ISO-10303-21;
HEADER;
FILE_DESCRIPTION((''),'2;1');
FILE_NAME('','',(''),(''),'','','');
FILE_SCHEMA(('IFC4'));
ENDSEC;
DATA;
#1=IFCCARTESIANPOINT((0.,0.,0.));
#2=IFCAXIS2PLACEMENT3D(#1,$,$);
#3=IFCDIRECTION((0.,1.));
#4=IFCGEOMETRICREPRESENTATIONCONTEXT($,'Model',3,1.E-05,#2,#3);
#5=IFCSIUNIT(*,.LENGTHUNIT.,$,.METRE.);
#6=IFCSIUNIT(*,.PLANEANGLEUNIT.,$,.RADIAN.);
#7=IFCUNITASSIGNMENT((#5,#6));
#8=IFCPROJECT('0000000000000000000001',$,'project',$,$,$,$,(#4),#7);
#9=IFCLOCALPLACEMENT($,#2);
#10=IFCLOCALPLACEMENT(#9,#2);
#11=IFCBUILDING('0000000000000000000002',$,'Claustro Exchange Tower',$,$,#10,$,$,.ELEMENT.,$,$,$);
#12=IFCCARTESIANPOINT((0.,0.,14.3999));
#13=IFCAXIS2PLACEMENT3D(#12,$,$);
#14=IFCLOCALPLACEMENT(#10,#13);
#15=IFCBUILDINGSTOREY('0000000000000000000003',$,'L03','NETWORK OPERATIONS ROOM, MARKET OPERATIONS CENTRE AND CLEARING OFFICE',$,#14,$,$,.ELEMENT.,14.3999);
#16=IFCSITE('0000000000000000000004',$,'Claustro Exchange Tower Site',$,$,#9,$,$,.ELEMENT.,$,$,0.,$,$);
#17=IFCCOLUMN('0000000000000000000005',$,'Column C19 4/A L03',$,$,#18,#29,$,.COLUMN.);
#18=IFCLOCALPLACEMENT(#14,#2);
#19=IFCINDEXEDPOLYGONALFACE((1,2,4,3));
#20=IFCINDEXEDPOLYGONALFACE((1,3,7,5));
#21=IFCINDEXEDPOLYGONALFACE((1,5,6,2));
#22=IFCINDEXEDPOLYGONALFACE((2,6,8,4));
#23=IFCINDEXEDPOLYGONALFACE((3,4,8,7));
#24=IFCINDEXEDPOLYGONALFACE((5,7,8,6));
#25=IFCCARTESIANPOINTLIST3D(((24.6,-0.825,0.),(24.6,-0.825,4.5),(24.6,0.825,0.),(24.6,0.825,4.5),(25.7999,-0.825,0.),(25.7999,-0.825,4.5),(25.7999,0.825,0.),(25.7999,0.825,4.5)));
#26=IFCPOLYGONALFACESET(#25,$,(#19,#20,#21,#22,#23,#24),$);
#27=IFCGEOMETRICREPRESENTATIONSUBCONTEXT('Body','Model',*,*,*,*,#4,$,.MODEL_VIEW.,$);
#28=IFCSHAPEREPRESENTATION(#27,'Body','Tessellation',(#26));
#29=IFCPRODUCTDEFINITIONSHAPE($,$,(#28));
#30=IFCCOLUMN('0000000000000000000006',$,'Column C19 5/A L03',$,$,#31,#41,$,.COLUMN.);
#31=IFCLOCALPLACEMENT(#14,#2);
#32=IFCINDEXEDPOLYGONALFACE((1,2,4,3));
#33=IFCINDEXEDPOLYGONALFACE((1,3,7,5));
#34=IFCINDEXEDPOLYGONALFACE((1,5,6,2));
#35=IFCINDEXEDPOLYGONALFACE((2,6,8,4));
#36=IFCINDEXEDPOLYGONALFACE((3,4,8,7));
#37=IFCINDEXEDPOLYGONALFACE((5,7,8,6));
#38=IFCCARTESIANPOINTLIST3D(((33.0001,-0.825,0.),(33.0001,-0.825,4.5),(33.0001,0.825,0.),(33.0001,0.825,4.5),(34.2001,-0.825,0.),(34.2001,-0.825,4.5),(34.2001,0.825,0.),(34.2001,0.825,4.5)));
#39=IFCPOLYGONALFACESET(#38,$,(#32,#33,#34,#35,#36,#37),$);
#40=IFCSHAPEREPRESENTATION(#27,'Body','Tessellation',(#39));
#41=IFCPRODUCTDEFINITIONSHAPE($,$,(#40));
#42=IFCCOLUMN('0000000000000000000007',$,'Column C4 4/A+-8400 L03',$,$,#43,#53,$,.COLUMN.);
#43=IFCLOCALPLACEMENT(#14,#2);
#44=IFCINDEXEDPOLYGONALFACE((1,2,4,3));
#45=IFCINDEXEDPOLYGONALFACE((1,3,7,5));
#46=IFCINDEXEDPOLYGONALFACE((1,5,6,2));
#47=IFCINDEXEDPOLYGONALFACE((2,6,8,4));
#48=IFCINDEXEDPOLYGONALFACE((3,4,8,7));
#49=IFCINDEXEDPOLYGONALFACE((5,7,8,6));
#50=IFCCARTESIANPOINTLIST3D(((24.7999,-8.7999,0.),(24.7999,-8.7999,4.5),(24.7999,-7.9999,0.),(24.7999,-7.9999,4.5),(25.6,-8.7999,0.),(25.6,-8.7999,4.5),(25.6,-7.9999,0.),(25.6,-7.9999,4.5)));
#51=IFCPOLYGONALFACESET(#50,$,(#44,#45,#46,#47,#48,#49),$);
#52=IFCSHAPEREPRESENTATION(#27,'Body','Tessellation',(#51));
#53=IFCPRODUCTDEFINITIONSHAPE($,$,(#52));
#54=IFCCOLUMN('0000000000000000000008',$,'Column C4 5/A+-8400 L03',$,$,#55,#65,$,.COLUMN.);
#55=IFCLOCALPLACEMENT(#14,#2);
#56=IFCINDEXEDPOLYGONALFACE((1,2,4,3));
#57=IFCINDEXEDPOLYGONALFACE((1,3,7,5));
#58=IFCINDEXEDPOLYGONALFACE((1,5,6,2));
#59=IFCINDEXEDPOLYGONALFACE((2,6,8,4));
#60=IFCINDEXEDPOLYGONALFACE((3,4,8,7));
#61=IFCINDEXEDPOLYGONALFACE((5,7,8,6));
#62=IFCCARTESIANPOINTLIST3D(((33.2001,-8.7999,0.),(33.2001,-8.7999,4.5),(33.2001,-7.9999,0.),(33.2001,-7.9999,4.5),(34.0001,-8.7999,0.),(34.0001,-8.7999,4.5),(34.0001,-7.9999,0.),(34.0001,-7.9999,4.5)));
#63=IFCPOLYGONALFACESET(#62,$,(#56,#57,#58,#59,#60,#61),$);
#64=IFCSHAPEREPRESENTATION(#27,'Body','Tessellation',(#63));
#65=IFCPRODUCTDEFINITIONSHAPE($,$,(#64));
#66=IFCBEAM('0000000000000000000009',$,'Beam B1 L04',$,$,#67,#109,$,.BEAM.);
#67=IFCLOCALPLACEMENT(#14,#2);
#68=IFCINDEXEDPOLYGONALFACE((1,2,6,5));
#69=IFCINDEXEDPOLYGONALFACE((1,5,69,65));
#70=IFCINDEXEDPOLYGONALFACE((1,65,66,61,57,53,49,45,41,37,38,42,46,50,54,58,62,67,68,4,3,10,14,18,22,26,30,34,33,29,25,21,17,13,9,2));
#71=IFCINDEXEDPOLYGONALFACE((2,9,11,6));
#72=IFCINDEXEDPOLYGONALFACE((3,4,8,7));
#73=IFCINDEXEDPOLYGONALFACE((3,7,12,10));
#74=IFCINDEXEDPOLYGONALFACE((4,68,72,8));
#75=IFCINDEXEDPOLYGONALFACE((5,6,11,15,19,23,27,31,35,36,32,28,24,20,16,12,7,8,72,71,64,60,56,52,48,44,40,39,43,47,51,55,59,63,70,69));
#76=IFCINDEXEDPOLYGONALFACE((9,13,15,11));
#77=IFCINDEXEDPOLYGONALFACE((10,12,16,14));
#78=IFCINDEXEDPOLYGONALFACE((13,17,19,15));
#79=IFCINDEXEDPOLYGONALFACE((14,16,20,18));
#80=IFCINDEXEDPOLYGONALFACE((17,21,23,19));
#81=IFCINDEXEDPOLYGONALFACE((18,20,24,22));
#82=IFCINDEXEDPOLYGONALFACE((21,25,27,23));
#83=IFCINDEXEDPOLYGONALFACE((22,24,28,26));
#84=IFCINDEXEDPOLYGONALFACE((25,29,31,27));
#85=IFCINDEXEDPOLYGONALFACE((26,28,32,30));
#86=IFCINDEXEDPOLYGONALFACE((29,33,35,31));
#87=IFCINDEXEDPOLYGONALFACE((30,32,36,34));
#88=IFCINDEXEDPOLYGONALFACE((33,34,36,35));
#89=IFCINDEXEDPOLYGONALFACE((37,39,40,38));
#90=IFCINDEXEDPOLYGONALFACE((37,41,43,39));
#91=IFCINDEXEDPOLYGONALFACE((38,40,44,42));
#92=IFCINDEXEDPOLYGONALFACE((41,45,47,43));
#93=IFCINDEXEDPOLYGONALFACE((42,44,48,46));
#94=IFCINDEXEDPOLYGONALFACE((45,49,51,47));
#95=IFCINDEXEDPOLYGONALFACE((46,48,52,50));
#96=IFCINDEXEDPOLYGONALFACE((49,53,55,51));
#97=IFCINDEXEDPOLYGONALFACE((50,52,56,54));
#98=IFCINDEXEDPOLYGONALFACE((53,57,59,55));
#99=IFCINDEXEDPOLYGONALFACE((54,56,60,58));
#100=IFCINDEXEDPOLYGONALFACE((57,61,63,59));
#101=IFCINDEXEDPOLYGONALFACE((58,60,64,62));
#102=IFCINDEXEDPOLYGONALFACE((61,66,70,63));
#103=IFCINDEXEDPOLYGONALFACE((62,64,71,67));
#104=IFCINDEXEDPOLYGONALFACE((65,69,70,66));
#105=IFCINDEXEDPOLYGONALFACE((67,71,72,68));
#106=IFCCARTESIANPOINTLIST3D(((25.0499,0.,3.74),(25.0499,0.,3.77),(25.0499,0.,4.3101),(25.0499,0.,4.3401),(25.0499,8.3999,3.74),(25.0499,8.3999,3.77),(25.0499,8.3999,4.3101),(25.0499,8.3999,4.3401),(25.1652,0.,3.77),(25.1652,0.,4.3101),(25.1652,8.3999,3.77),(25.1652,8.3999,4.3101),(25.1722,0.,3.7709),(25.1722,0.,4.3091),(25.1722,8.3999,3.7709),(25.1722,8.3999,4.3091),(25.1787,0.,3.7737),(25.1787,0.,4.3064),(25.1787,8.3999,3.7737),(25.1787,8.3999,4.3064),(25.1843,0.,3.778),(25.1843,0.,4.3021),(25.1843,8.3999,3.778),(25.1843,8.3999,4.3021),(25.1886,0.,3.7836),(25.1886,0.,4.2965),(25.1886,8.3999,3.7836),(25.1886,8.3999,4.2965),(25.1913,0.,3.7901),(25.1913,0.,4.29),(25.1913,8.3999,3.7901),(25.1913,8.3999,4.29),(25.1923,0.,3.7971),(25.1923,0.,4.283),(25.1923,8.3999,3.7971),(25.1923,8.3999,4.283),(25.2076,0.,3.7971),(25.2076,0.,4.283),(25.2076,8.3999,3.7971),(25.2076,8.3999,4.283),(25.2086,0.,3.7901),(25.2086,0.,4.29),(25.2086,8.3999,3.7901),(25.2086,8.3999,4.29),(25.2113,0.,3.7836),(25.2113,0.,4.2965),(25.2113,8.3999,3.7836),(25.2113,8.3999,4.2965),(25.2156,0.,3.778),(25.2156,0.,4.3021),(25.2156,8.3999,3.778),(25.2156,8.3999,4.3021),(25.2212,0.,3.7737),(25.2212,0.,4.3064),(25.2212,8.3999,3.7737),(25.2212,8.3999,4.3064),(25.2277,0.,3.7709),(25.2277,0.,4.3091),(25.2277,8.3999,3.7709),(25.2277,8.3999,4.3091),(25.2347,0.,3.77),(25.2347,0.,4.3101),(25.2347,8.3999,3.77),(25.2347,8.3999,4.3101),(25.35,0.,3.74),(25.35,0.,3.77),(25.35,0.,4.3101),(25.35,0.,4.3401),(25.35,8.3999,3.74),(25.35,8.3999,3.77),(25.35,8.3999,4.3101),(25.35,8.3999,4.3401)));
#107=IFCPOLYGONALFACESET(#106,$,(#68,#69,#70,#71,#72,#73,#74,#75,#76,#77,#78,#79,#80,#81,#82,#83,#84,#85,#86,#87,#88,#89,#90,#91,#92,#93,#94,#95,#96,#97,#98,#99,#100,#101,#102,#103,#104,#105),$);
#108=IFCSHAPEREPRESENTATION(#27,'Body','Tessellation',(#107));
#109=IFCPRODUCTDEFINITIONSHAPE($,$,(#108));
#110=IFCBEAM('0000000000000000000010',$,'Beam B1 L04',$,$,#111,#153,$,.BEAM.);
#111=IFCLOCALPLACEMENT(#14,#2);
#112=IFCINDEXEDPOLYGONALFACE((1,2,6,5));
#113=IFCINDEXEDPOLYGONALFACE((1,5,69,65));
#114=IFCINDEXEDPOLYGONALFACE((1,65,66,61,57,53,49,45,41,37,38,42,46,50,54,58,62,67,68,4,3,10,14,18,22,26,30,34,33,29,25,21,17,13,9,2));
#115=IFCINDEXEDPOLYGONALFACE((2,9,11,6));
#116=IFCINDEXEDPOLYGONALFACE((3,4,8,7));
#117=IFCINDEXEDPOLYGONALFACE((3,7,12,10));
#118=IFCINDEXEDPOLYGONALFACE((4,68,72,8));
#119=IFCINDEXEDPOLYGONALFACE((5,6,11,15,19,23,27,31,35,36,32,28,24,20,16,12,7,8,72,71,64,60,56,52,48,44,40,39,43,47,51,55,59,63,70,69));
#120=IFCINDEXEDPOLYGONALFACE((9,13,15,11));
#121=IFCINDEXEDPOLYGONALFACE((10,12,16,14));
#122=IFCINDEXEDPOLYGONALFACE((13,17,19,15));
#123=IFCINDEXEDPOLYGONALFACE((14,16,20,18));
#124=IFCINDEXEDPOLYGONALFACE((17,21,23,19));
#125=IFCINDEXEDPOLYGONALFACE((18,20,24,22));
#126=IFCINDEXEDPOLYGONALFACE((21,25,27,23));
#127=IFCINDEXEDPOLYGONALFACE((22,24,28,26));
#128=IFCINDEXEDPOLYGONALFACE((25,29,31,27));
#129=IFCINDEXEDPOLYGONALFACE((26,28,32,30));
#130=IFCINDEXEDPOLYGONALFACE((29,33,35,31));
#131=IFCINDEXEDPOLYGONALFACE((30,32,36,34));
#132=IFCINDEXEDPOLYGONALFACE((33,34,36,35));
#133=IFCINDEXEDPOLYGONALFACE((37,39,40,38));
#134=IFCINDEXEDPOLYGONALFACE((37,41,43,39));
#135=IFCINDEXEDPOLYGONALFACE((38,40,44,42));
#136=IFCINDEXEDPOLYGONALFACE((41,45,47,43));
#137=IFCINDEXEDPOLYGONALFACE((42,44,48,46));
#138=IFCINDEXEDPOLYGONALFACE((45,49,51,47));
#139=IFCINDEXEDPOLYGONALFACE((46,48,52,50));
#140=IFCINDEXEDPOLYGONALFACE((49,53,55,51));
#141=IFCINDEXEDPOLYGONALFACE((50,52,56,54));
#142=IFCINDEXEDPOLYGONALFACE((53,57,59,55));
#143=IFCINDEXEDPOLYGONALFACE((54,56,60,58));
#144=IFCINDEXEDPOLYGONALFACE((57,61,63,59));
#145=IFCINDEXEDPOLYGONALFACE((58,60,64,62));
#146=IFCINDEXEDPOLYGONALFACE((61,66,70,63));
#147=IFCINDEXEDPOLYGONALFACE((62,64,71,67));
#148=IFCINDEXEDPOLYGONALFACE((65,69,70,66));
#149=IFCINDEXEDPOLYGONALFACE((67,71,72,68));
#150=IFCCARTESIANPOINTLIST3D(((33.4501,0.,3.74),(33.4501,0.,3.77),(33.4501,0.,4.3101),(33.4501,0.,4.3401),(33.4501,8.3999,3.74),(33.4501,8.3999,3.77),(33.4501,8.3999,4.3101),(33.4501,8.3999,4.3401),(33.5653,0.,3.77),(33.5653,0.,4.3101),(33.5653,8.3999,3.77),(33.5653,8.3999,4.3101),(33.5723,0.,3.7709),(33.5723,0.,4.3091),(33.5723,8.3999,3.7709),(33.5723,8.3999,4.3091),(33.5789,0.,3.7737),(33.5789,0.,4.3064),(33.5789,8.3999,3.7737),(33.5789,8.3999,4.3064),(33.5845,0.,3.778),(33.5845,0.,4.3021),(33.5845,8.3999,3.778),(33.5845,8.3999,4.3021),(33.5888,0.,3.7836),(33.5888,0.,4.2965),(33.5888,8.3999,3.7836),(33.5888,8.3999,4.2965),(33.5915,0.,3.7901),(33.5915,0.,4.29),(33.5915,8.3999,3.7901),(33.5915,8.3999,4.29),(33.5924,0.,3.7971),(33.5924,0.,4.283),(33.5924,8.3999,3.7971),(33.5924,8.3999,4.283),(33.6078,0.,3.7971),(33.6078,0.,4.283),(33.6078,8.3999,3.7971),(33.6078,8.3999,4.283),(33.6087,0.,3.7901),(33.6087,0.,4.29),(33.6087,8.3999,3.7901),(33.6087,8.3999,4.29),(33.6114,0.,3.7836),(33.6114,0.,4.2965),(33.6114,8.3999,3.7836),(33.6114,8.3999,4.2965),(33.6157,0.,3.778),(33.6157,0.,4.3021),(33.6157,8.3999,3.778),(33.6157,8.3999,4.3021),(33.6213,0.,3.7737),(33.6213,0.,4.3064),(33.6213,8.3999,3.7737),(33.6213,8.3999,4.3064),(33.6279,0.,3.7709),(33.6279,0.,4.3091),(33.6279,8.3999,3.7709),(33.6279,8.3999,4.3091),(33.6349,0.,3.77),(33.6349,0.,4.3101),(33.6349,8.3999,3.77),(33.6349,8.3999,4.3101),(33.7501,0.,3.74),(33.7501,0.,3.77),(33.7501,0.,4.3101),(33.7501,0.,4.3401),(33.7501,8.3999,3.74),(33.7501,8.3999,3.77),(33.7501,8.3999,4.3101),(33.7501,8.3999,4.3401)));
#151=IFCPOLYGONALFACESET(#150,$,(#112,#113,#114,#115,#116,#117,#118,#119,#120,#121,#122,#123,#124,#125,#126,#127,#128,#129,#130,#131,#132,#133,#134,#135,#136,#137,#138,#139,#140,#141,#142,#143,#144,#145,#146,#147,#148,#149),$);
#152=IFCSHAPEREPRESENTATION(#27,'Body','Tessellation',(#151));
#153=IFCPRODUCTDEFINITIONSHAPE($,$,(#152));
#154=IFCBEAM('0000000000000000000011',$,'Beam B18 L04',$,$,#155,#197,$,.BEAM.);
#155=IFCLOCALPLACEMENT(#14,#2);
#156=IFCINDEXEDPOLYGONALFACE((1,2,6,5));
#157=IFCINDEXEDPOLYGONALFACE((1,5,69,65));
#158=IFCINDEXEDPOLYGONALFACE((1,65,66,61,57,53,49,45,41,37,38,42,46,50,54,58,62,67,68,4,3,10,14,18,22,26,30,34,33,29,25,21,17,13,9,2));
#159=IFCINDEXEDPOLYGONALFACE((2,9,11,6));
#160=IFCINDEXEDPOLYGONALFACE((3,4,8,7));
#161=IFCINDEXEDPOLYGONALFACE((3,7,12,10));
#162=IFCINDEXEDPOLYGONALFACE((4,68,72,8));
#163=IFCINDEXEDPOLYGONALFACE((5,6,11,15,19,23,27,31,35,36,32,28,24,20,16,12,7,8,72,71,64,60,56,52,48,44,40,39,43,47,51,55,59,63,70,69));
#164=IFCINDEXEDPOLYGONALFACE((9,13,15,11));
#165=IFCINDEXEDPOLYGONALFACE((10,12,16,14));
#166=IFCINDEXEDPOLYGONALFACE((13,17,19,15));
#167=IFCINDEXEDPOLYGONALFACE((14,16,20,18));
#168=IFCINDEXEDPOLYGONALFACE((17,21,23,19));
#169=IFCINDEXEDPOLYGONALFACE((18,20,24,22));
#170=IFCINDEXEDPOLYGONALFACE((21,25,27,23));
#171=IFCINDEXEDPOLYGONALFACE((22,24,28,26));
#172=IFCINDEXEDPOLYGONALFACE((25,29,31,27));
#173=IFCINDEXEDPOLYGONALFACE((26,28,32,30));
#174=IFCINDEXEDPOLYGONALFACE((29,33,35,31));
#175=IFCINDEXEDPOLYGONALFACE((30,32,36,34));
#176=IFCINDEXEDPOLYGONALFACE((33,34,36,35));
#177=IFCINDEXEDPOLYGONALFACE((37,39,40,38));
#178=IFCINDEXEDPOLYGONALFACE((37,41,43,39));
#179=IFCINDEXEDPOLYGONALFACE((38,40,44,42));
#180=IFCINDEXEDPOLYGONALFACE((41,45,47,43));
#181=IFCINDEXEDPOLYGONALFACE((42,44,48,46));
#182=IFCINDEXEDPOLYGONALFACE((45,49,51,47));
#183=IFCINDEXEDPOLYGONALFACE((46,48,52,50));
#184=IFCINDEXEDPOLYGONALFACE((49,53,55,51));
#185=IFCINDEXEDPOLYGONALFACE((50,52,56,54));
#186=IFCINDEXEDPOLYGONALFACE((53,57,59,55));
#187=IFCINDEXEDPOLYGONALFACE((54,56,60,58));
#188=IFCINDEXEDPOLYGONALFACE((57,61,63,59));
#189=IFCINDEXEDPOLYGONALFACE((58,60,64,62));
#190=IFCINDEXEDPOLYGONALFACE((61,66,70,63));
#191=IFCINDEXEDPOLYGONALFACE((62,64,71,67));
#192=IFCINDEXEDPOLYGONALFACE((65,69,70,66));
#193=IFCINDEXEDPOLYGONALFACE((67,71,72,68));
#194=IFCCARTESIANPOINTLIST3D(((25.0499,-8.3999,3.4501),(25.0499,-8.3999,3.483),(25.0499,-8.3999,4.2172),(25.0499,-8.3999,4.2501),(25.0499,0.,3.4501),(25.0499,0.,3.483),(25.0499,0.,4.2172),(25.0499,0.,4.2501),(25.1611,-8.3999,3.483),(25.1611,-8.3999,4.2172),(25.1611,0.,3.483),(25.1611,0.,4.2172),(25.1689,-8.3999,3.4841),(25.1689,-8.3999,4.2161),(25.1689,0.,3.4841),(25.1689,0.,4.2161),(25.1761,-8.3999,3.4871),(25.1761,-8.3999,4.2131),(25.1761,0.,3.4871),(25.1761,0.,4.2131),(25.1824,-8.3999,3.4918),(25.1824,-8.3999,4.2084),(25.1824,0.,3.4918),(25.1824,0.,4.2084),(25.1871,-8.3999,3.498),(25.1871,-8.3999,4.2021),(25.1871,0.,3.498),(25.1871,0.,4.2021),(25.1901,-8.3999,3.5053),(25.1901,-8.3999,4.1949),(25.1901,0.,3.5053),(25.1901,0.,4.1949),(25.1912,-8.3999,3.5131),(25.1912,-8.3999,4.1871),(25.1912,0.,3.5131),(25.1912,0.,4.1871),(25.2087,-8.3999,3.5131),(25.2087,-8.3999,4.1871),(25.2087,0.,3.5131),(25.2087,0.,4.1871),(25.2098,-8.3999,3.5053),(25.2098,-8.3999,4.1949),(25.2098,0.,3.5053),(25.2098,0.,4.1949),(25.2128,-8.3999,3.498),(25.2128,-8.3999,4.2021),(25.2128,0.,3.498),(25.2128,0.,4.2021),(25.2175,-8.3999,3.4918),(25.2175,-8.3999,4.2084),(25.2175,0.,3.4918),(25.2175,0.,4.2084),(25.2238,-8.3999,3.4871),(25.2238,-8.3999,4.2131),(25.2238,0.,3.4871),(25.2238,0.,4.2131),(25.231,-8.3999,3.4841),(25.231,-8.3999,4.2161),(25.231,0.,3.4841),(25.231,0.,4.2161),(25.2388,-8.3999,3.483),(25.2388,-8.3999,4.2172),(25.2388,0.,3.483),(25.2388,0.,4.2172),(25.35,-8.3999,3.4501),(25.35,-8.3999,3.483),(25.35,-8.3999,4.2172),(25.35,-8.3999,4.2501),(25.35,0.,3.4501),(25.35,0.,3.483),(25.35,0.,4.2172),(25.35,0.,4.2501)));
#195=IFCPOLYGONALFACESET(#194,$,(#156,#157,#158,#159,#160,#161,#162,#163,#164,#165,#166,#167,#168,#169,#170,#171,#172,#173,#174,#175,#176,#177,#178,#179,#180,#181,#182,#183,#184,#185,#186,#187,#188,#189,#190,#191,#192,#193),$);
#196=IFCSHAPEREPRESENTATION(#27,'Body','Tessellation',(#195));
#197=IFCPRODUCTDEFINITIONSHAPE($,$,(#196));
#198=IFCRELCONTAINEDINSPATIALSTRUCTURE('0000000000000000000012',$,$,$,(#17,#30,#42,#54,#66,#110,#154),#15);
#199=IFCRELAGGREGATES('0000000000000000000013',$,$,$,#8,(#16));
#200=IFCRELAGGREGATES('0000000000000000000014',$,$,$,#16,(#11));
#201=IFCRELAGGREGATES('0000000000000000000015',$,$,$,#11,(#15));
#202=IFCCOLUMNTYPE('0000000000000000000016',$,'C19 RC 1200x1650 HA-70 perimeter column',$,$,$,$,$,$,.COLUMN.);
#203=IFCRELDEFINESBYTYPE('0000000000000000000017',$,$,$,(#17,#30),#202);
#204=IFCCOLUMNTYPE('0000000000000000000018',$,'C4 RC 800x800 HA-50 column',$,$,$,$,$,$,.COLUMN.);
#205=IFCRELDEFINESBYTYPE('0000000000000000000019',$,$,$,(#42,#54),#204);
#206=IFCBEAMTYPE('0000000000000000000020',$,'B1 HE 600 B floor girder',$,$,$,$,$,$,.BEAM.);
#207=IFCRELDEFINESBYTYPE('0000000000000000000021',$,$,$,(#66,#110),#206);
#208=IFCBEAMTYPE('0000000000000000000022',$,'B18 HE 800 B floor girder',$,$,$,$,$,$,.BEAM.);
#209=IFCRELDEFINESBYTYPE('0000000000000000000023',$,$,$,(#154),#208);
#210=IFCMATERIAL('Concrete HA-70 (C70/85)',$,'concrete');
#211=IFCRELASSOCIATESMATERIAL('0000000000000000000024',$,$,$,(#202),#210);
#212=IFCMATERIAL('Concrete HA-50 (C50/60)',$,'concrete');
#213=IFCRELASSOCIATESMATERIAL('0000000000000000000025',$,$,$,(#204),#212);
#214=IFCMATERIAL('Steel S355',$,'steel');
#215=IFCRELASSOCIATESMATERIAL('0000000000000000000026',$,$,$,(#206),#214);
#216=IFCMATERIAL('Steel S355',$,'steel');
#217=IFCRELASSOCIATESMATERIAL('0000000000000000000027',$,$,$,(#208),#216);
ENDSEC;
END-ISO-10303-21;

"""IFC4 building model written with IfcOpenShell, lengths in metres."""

from ifc_helpers import new_model, si_unit, direction, frame, origin, origin_2d, place, context, subcontext, project, spatial, rectangle, i_section, extrude, material, material_profile, profile_set, type_object, element, save


model = new_model("IFC4")

# Units and contexts
model_context = context("Model", 3, precision=1e-05, world=origin(), true_north=direction((0.0, 1.0)))
body_context = subcontext(model_context, "Body", "Model", "MODEL_VIEW")
ifc_project = project(units=[si_unit("LENGTHUNIT", "METRE"), si_unit("PLANEANGLEUNIT", "RADIAN")], contexts=[model_context])

# Site, building, storey
site_placement = place(None, origin())
site = spatial("IfcSite", under=ifc_project, at=site_placement, Name="Claustro Exchange Tower Site", CompositionType="ELEMENT", RefElevation=0.0)
building_placement = place(site_placement, origin())
building = spatial("IfcBuilding", under=site, at=building_placement, Name="Claustro Exchange Tower", CompositionType="ELEMENT")
storey_placement = place(building_placement, frame((0.0, 0.0, 14.3999)))
storey = spatial("IfcBuildingStorey", under=building, at=storey_placement, Name="L03", Description="NETWORK OPERATIONS ROOM, MARKET OPERATIONS CENTRE AND CLEARING OFFICE", CompositionType="ELEMENT", Elevation=14.3999)

# Columns
ifc_material_1 = material(Name="Concrete HA-70 (C70/85)", Category="concrete")
ifc_material_profile_1 = material_profile(ifc_material_1, rectangle(XDim=1.2, YDim=1.6499, at=origin_2d()), Name="RC 1200x1650")
ifc_profile_set_1 = profile_set([ifc_material_profile_1], Name="Concrete HA-70 (C70/85)")
column_type_1 = type_object("IfcColumnType", Name="C19 RC 1200x1650 HA-70 perimeter column", PredefinedType="COLUMN", material=ifc_profile_set_1)
for number, where, z_axis, x_axis, name in (
    (1, (25.2, 0.0, 0.0), (0.0, 0.0, 1.0), (1.0, 0.0, 0.0), "Column C19 4/A L03"),
    (2, (33.6001, 0.0, 0.0), (0.0, 0.0, 1.0), (1.0, 0.0, 0.0), "Column C19 5/A L03"),
):
    element("IfcColumn", number, at=place(storey_placement, frame(where, z_axis=z_axis, x_axis=x_axis)), inside=storey, type_object=column_type_1, Name=name, PredefinedType="COLUMN", context=body_context, shape_type="SweptSolid", body=[
        extrude(rectangle(XDim=1.2, YDim=1.6499, at=origin_2d()), origin(), (0.0, 0.0, 1.0), 4.5),
    ])
ifc_material_2 = material(Name="Concrete HA-50 (C50/60)", Category="concrete")
ifc_material_profile_2 = material_profile(ifc_material_2, rectangle(XDim=0.8, YDim=0.8, at=origin_2d()), Name="RC 800x800")
ifc_profile_set_2 = profile_set([ifc_material_profile_2], Name="Concrete HA-50 (C50/60)")
column_type_2 = type_object("IfcColumnType", Name="C4 RC 800x800 HA-50 column", PredefinedType="COLUMN", material=ifc_profile_set_2)
for number, where, z_axis, x_axis, name in (
    (3, (25.2, -8.3999, 0.0), (0.0, 0.0, 1.0), (1.0, 0.0, 0.0), "Column C4 4/A+-8400 L03"),
    (4, (33.6001, -8.3999, 0.0), (0.0, 0.0, 1.0), (1.0, 0.0, 0.0), "Column C4 5/A+-8400 L03"),
):
    element("IfcColumn", number, at=place(storey_placement, frame(where, z_axis=z_axis, x_axis=x_axis)), inside=storey, type_object=column_type_2, Name=name, PredefinedType="COLUMN", context=body_context, shape_type="SweptSolid", body=[
        extrude(rectangle(XDim=0.8, YDim=0.8, at=origin_2d()), origin(), (0.0, 0.0, 1.0), 4.5),
    ])

# Beams
ifc_material_3 = material(Name="Steel S355", Category="steel")
ifc_material_profile_3 = material_profile(ifc_material_3, i_section(OverallWidth=0.3, OverallDepth=0.6001, WebThickness=0.0154, FlangeThickness=0.03, FilletRadius=0.0271, at=origin_2d()), Name="HE 600 B")
ifc_profile_set_3 = profile_set([ifc_material_profile_3], Name="Steel S355")
beam_type_1 = type_object("IfcBeamType", Name="B1 HE 600 B floor girder", PredefinedType="BEAM", material=ifc_profile_set_3)
for number, where, z_axis, x_axis, name in (
    (5, (25.2, 0.0, 4.04), (0.0, 1.0, 0.0), (-1.0, 0.0, 0.0), "Beam B1 L04"),
    (6, (33.6001, 0.0, 4.04), (0.0, 1.0, 0.0), (-1.0, 0.0, 0.0), "Beam B1 L04"),
):
    element("IfcBeam", number, at=place(storey_placement, frame(where, z_axis=z_axis, x_axis=x_axis)), inside=storey, type_object=beam_type_1, Name=name, PredefinedType="BEAM", context=body_context, shape_type="SweptSolid", body=[
        extrude(i_section(OverallWidth=0.3, OverallDepth=0.6001, WebThickness=0.0154, FlangeThickness=0.03, FilletRadius=0.0271, at=origin_2d()), origin(), (0.0, 0.0, 1.0), 8.3999),
    ])
ifc_material_4 = material(Name="Steel S355", Category="steel")
ifc_material_profile_4 = material_profile(ifc_material_4, i_section(OverallWidth=0.3, OverallDepth=0.8, WebThickness=0.0176, FlangeThickness=0.033, FilletRadius=0.03, at=origin_2d()), Name="HE 800 B")
ifc_profile_set_4 = profile_set([ifc_material_profile_4], Name="Steel S355")
beam_type_2 = type_object("IfcBeamType", Name="B18 HE 800 B floor girder", PredefinedType="BEAM", material=ifc_profile_set_4)
for number, where, z_axis, x_axis, name in (
    (7, (25.2, -8.3999, 3.8501), (0.0, 1.0, 0.0), (-1.0, 0.0, 0.0), "Beam B18 L04"),
):
    element("IfcBeam", number, at=place(storey_placement, frame(where, z_axis=z_axis, x_axis=x_axis)), inside=storey, type_object=beam_type_2, Name=name, PredefinedType="BEAM", context=body_context, shape_type="SweptSolid", body=[
        extrude(i_section(OverallWidth=0.3, OverallDepth=0.8, WebThickness=0.0176, FlangeThickness=0.033, FilletRadius=0.03, at=origin_2d()), origin(), (0.0, 0.0, 1.0), 8.3999),
    ])

save(model, "model.ifc")
